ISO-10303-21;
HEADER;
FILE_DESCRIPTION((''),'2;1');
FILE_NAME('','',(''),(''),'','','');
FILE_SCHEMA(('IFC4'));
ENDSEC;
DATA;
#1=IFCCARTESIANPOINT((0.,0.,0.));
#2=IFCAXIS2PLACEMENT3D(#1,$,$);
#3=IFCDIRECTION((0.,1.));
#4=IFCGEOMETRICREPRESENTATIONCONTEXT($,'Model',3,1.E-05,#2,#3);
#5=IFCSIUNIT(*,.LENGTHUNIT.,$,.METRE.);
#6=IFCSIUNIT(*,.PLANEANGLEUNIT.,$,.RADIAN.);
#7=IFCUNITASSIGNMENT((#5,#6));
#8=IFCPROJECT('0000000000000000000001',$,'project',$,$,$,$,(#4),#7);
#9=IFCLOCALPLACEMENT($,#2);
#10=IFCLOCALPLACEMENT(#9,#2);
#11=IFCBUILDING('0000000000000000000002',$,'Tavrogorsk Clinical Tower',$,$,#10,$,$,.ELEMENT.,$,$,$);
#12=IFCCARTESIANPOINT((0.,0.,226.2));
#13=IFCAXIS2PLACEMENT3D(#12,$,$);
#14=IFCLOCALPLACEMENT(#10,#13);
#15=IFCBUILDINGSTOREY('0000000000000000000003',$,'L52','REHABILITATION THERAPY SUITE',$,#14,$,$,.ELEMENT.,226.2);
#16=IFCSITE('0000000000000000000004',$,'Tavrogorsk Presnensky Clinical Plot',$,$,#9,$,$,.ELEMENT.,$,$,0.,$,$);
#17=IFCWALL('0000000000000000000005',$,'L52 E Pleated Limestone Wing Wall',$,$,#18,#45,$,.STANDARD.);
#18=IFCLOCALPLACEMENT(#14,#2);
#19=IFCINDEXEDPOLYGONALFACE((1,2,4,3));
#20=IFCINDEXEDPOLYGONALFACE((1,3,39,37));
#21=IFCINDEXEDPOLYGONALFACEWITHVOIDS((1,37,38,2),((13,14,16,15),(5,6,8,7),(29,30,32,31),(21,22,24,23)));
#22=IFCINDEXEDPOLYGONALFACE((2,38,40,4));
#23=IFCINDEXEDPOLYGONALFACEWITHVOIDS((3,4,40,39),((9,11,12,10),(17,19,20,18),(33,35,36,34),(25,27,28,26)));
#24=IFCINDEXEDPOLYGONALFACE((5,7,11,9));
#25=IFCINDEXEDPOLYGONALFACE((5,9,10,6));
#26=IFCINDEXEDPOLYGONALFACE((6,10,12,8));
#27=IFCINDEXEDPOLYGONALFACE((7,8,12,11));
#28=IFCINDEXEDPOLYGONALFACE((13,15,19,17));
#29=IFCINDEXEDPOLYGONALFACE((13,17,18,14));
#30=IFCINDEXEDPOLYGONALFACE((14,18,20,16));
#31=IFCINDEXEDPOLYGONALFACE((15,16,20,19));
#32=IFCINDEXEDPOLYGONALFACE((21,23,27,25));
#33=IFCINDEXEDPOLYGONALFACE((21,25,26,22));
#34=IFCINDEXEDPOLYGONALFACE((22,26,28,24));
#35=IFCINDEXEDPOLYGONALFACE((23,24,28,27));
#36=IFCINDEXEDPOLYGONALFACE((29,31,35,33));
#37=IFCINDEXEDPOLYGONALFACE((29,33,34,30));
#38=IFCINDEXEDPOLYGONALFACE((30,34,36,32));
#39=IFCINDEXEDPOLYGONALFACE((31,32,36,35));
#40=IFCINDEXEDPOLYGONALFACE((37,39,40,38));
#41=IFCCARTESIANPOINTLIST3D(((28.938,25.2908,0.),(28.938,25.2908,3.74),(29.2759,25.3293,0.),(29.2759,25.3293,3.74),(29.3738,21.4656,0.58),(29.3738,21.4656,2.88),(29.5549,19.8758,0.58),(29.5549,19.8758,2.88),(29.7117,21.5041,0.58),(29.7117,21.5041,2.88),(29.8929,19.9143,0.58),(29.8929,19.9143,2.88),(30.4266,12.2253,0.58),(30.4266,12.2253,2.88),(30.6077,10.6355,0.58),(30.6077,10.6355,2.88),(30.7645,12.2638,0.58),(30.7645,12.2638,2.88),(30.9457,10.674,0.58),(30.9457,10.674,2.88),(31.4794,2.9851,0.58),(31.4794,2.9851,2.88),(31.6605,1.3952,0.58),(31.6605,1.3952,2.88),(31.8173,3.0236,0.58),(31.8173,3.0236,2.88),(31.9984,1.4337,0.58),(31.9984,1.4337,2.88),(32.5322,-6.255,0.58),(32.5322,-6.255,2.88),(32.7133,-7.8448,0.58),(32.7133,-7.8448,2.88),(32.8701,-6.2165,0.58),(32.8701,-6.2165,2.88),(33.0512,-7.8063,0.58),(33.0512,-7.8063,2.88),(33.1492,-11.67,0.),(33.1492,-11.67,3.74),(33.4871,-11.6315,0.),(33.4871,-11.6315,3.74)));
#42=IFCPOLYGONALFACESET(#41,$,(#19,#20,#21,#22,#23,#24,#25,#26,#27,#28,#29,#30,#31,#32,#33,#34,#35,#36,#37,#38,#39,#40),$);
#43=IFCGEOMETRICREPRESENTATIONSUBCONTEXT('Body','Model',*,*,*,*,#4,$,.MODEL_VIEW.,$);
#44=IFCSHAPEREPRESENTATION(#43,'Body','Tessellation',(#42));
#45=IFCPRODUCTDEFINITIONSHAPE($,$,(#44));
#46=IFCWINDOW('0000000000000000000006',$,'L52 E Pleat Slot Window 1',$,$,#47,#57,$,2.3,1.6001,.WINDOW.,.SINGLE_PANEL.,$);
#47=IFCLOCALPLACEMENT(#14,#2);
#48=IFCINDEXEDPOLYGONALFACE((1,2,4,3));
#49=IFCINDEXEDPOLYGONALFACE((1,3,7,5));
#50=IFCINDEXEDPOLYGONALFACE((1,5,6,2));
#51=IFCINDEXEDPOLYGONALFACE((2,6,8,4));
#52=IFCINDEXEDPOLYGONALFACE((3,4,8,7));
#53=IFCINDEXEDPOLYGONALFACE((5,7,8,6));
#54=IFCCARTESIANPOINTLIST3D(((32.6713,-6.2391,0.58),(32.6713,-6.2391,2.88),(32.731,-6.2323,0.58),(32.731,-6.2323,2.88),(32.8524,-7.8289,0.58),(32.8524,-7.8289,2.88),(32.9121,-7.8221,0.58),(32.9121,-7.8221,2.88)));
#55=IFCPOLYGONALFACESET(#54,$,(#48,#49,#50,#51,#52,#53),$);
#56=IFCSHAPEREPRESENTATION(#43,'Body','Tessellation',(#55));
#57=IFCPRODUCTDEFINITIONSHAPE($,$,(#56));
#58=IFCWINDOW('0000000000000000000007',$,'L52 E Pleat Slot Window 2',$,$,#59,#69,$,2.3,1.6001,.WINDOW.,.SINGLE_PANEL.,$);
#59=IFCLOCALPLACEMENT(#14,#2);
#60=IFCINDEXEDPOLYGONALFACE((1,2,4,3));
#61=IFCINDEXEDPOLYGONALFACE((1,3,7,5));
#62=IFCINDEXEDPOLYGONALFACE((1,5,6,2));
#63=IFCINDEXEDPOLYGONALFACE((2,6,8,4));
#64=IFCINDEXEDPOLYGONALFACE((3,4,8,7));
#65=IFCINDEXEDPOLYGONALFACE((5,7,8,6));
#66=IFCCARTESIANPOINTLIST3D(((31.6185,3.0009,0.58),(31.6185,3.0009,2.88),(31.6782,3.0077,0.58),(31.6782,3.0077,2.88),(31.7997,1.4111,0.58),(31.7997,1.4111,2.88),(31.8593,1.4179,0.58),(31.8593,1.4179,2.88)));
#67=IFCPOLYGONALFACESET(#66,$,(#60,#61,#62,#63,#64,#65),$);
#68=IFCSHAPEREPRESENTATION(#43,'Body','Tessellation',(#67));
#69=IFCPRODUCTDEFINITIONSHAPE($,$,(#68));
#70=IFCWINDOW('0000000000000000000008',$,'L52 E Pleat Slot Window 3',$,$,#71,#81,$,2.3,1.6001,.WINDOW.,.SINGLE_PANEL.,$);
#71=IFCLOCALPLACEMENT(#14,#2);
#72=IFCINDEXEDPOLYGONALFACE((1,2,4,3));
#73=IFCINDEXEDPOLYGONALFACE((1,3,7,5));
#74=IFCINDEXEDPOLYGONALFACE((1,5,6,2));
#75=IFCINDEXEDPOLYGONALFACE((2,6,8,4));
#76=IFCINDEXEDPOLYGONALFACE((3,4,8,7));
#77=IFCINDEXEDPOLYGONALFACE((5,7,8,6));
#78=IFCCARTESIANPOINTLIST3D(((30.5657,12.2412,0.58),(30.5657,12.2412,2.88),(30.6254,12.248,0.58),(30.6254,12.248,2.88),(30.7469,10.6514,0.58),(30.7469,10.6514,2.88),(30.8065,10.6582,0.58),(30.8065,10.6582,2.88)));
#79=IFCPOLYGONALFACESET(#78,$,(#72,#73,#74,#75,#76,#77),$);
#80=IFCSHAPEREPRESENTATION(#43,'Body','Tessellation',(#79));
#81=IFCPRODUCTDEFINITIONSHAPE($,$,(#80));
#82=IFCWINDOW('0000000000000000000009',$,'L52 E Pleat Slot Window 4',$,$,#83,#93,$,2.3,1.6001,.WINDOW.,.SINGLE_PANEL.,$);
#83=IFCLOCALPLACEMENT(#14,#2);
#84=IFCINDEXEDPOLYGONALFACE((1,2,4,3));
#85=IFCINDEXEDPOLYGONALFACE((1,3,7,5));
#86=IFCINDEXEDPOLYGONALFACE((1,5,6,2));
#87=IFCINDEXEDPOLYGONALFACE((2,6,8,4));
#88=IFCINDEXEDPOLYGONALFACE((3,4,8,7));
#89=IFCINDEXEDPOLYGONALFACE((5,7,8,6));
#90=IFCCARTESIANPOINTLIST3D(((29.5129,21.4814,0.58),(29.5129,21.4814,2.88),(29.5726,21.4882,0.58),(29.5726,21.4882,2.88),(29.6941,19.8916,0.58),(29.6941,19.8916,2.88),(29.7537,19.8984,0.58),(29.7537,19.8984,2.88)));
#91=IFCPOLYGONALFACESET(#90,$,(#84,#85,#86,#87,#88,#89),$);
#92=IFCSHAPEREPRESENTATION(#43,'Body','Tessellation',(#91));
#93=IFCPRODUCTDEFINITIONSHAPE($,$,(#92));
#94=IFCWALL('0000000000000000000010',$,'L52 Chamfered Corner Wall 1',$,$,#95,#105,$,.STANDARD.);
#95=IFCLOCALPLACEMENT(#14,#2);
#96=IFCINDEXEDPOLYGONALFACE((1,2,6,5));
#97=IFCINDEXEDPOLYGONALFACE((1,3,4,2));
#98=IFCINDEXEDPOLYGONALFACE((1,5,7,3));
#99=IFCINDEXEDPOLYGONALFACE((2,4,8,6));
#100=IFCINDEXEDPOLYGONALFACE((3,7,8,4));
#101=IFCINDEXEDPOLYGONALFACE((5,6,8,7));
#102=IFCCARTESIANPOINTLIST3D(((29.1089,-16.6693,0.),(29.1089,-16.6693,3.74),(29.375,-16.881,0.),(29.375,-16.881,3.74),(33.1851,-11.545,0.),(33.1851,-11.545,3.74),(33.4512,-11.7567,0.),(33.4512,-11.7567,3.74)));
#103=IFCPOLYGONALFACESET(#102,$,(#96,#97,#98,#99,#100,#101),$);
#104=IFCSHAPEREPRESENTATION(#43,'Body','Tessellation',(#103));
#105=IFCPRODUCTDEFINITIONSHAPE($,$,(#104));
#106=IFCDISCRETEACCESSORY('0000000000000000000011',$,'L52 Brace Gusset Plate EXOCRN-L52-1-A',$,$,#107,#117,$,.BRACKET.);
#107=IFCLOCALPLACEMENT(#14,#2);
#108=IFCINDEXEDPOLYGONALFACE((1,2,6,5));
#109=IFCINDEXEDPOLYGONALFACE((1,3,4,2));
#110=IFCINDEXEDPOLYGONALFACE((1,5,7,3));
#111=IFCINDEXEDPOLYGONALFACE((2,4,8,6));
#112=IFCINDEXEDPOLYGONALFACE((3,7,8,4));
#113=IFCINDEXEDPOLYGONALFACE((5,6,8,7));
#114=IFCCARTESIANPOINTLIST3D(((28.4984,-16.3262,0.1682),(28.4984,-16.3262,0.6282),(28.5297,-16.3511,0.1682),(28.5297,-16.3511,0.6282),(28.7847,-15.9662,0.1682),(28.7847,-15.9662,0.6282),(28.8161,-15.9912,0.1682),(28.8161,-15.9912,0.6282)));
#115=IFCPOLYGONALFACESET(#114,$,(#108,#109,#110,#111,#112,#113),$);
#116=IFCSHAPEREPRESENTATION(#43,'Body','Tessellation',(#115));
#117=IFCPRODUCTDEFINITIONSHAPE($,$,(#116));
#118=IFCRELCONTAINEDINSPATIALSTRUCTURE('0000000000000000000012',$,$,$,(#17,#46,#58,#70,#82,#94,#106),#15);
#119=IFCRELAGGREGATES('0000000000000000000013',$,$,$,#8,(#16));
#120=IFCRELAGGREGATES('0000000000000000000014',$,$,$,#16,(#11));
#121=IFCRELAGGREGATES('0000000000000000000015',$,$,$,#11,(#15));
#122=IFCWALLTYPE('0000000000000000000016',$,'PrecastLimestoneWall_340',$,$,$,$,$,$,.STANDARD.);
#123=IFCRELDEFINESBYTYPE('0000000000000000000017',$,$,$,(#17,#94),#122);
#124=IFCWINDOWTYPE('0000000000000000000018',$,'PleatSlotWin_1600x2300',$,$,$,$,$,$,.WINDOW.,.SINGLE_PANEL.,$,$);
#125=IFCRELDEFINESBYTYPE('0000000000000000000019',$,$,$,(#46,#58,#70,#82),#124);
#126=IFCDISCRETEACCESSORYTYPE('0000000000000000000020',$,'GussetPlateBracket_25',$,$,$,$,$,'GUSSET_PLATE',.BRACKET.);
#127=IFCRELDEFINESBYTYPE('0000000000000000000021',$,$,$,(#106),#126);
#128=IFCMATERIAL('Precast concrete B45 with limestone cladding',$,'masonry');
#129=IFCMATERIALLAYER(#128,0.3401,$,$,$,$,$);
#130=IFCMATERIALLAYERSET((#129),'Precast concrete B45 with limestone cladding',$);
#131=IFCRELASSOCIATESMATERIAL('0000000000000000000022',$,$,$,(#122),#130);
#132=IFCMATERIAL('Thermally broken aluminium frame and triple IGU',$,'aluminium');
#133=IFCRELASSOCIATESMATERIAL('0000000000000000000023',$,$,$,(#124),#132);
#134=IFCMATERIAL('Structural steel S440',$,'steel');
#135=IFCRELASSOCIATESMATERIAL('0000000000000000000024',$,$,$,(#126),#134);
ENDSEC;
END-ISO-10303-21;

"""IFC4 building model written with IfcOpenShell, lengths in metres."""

from ifc_helpers import new_model, si_unit, direction, frame, frame_2d, origin, origin_2d, place, context, subcontext, project, spatial, rectangle, extrude, material, layer, layer_set, type_object, element, fill, save


model = new_model("IFC4")

# Units and contexts
model_context = context("Model", 3, precision=1e-05, world=origin(), true_north=direction((0.0, 1.0)))
body_context = subcontext(model_context, "Body", "Model", "MODEL_VIEW")
ifc_project = project(units=[si_unit("LENGTHUNIT", "METRE"), si_unit("PLANEANGLEUNIT", "RADIAN")], contexts=[model_context])

# Site, building, storey
site_placement = place(None, origin())
site = spatial("IfcSite", under=ifc_project, at=site_placement, Name="Tavrogorsk Presnensky Clinical Plot", CompositionType="ELEMENT", RefElevation=0.0)
building_placement = place(site_placement, origin())
building = spatial("IfcBuilding", under=site, at=building_placement, Name="Tavrogorsk Clinical Tower", CompositionType="ELEMENT")
storey_placement = place(building_placement, frame((0.0, 0.0, 226.2)))
storey = spatial("IfcBuildingStorey", under=building, at=storey_placement, Name="L52", Description="REHABILITATION THERAPY SUITE", CompositionType="ELEMENT", Elevation=226.2)

# Wall, openings, windows
ifc_material_1 = material(Name="Precast concrete B45 with limestone cladding", Category="masonry")
ifc_layer_1 = layer(ifc_material_1, 0.3401)
ifc_layer_set_1 = layer_set([ifc_layer_1], Name="Precast concrete B45 with limestone cladding")
wall_type_1 = type_object("IfcWallType", Name="PrecastLimestoneWall_340", PredefinedType="STANDARD", material=ifc_layer_set_1)
wall_1_placement = place(storey_placement, frame((33.3181, -11.6509, 0.0), z_axis=(0.0, 0.0, 1.0), x_axis=(-0.113204, 0.993572, 0.0)))
wall_1 = element("IfcWall", 1, at=wall_1_placement, inside=storey, type_object=wall_type_1, Name="L52 E Pleated Limestone Wing Wall", PredefinedType="STANDARD", context=body_context, shape_type="SweptSolid", body=[
    extrude(rectangle(XDim=37.2, YDim=0.3401, at=frame_2d((18.6001, 0.0))), origin(), (0.0, 0.0, 1.0), 3.74),
])
opening_1_placement = place(wall_1_placement, frame((3.8501, 0.0, 0.5801)))
opening_1 = element("IfcOpeningElement", 2, at=opening_1_placement, cuts=wall_1, PredefinedType="OPENING", context=body_context, shape_type="SweptSolid", body=[
    extrude(rectangle(XDim=1.6001, YDim=2.3, at=frame_2d((0.8, 1.1499))), frame((0.0, 0.1799, 0.0), z_axis=(0.0, -1.0, 0.0), x_axis=(1.0, 0.0, 0.0)), (0.0, 0.0, 1.0), 0.3601),
])
opening_2_placement = place(wall_1_placement, frame((13.1499, 0.0, 0.5801)))
opening_2 = element("IfcOpeningElement", 3, at=opening_2_placement, cuts=wall_1, PredefinedType="OPENING", context=body_context, shape_type="SweptSolid", body=[
    extrude(rectangle(XDim=1.6001, YDim=2.3, at=frame_2d((0.8, 1.1499))), frame((0.0, 0.1799, 0.0), z_axis=(0.0, -1.0, 0.0), x_axis=(1.0, 0.0, 0.0)), (0.0, 0.0, 1.0), 0.3601),
])
opening_3_placement = place(wall_1_placement, frame((22.45, 0.0, 0.5801)))
opening_3 = element("IfcOpeningElement", 4, at=opening_3_placement, cuts=wall_1, PredefinedType="OPENING", context=body_context, shape_type="SweptSolid", body=[
    extrude(rectangle(XDim=1.6001, YDim=2.3, at=frame_2d((0.8, 1.1499))), frame((0.0, 0.1799, 0.0), z_axis=(0.0, -1.0, 0.0), x_axis=(1.0, 0.0, 0.0)), (0.0, 0.0, 1.0), 0.3601),
])
opening_4_placement = place(wall_1_placement, frame((31.75, 0.0, 0.5801)))
opening_4 = element("IfcOpeningElement", 5, at=opening_4_placement, cuts=wall_1, PredefinedType="OPENING", context=body_context, shape_type="SweptSolid", body=[
    extrude(rectangle(XDim=1.6001, YDim=2.3, at=frame_2d((0.8, 1.1499))), frame((0.0, 0.1799, 0.0), z_axis=(0.0, -1.0, 0.0), x_axis=(1.0, 0.0, 0.0)), (0.0, 0.0, 1.0), 0.3601),
])
ifc_material_2 = material(Name="Thermally broken aluminium frame and triple IGU", Category="aluminium")
window_type = type_object("IfcWindowType", Name="PleatSlotWin_1600x2300", PartitioningType="SINGLE_PANEL", PredefinedType="WINDOW", material=ifc_material_2)
window_1_placement = place(opening_1_placement, origin())
window_1 = element("IfcWindow", 6, at=window_1_placement, inside=storey, type_object=window_type, Name="L52 E Pleat Slot Window 1", OverallHeight=2.3, OverallWidth=1.6001, PartitioningType="SINGLE_PANEL", PredefinedType="WINDOW", context=body_context, shape_type="SweptSolid", body=[
    extrude(rectangle(XDim=1.6001, YDim=2.3, at=frame_2d((0.8, 1.1499))), frame((0.0, 0.03, 0.0), z_axis=(0.0, -1.0, 0.0), x_axis=(1.0, 0.0, 0.0)), (0.0, 0.0, 1.0), 0.0601),
])
fill(opening_1, window_1)
window_2_placement = place(opening_2_placement, origin())
window_2 = element("IfcWindow", 7, at=window_2_placement, inside=storey, type_object=window_type, Name="L52 E Pleat Slot Window 2", OverallHeight=2.3, OverallWidth=1.6001, PartitioningType="SINGLE_PANEL", PredefinedType="WINDOW", context=body_context, shape_type="SweptSolid", body=[
    extrude(rectangle(XDim=1.6001, YDim=2.3, at=frame_2d((0.8, 1.1499))), frame((0.0, 0.03, 0.0), z_axis=(0.0, -1.0, 0.0), x_axis=(1.0, 0.0, 0.0)), (0.0, 0.0, 1.0), 0.0601),
])
fill(opening_2, window_2)
window_3_placement = place(opening_3_placement, origin())
window_3 = element("IfcWindow", 8, at=window_3_placement, inside=storey, type_object=window_type, Name="L52 E Pleat Slot Window 3", OverallHeight=2.3, OverallWidth=1.6001, PartitioningType="SINGLE_PANEL", PredefinedType="WINDOW", context=body_context, shape_type="SweptSolid", body=[
    extrude(rectangle(XDim=1.6001, YDim=2.3, at=frame_2d((0.8, 1.1499))), frame((0.0, 0.03, 0.0), z_axis=(0.0, -1.0, 0.0), x_axis=(1.0, 0.0, 0.0)), (0.0, 0.0, 1.0), 0.0601),
])
fill(opening_3, window_3)
window_4_placement = place(opening_4_placement, origin())
window_4 = element("IfcWindow", 9, at=window_4_placement, inside=storey, type_object=window_type, Name="L52 E Pleat Slot Window 4", OverallHeight=2.3, OverallWidth=1.6001, PartitioningType="SINGLE_PANEL", PredefinedType="WINDOW", context=body_context, shape_type="SweptSolid", body=[
    extrude(rectangle(XDim=1.6001, YDim=2.3, at=frame_2d((0.8, 1.1499))), frame((0.0, 0.03, 0.0), z_axis=(0.0, -1.0, 0.0), x_axis=(1.0, 0.0, 0.0)), (0.0, 0.0, 1.0), 0.0601),
])
fill(opening_4, window_4)

# Wall
wall_2_placement = place(storey_placement, frame((29.2419, -16.7751, 0.0), z_axis=(0.0, 0.0, 1.0), x_axis=(0.622528, 0.782597, 0.0)))
element("IfcWall", 10, at=wall_2_placement, inside=storey, type_object=wall_type_1, Name="L52 Chamfered Corner Wall 1", PredefinedType="STANDARD", context=body_context, shape_type="SweptSolid", body=[
    extrude(rectangle(XDim=6.5479, YDim=0.3401, at=frame_2d((3.2739, 0.0))), origin(), (0.0, 0.0, 1.0), 3.74),
])

# Discrete accessory
ifc_material_3 = material(Name="Structural steel S440", Category="steel")
discrete_accessory_type = type_object("IfcDiscreteAccessoryType", Name="GussetPlateBracket_25", ElementType="GUSSET_PLATE", PredefinedType="BRACKET", material=ifc_material_3)
discrete_accessory_placement = place(storey_placement, frame((28.6572, -16.1587, 0.1682), z_axis=(0.0, 0.0, 1.0), x_axis=(0.622515, 0.782608, 0.0)))
element("IfcDiscreteAccessory", 11, at=discrete_accessory_placement, inside=storey, type_object=discrete_accessory_type, Name="L52 Brace Gusset Plate EXOCRN-L52-1-A", PredefinedType="BRACKET", context=body_context, shape_type="SweptSolid", body=[
    extrude(rectangle(XDim=0.46, YDim=0.04, at=origin_2d()), origin(), (0.0, 0.0, 1.0), 0.46),
])

save(model, "model.ifc")
